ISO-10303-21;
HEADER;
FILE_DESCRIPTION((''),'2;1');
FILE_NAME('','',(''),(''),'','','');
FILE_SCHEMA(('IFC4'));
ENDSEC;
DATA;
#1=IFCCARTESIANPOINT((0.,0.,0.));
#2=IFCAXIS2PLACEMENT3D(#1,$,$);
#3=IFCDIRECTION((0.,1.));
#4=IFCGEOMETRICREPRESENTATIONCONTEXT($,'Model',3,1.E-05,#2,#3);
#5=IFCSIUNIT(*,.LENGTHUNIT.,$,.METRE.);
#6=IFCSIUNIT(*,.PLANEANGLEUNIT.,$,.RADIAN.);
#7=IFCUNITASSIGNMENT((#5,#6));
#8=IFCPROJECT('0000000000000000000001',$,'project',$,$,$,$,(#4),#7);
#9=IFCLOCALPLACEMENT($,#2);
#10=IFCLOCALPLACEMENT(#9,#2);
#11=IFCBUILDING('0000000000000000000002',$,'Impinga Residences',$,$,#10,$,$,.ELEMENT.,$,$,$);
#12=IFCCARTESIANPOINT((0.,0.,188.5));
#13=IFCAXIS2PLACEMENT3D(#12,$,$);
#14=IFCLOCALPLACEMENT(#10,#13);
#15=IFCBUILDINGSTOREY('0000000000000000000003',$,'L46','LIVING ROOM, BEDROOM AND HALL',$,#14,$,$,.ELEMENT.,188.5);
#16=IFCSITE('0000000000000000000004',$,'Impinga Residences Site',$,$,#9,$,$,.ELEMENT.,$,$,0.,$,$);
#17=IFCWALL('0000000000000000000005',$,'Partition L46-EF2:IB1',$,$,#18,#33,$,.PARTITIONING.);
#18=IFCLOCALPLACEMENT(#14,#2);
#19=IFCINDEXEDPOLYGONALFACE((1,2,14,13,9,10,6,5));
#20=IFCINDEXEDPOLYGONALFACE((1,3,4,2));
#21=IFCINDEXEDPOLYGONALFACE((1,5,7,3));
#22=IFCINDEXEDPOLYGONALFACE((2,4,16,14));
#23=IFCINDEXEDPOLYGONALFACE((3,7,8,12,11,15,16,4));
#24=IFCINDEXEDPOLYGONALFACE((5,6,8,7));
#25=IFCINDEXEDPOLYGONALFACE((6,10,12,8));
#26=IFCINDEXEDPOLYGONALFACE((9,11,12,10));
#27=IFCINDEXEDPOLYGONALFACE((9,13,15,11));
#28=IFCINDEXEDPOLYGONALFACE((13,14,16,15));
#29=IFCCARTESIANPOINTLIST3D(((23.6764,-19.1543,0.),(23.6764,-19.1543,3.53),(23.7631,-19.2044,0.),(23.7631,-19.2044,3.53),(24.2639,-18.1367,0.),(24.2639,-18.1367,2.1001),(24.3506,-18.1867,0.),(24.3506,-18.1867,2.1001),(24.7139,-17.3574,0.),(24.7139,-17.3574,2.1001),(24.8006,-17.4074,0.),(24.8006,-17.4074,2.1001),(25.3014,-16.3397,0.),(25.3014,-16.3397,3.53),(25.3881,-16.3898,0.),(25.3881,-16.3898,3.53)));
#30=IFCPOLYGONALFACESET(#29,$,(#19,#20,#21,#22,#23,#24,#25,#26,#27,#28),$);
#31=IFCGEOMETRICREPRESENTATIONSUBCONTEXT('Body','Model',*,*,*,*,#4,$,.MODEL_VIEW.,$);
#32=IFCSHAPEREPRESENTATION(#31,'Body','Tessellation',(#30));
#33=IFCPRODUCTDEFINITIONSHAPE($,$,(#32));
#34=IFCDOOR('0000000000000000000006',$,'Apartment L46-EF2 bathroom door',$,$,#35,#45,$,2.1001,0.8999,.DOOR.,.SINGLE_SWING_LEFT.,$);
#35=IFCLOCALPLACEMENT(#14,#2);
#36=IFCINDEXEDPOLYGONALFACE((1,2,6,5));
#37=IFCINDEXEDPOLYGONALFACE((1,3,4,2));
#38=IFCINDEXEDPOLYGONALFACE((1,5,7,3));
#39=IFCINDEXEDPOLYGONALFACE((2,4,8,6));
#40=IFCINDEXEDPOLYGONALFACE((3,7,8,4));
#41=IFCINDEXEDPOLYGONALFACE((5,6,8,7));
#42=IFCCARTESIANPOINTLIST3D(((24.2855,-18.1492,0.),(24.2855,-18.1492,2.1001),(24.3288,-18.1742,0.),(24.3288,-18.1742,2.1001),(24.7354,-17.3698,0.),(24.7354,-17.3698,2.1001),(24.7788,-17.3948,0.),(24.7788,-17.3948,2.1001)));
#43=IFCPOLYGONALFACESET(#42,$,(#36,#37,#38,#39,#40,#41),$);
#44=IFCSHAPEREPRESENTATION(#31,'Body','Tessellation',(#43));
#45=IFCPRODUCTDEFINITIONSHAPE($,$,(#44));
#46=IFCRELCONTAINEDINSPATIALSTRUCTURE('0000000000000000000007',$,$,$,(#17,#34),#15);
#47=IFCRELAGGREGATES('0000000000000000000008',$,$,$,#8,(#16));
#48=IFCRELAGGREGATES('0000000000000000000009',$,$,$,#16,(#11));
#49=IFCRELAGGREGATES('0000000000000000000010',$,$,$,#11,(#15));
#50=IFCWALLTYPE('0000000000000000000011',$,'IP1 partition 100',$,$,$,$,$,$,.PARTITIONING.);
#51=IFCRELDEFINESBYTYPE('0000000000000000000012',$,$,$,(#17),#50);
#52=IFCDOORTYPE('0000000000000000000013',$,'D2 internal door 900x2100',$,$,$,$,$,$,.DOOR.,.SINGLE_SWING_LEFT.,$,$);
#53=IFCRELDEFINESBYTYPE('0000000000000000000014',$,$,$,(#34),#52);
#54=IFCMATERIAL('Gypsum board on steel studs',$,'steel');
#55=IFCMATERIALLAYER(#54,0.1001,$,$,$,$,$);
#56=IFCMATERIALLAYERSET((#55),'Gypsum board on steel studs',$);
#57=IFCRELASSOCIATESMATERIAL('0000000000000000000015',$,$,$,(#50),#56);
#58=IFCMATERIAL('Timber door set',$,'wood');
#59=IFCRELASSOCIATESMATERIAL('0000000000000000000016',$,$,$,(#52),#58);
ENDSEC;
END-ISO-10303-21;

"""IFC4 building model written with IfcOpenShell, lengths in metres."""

from ifc_helpers import new_model, si_unit, direction, frame, frame_2d, origin, place, context, subcontext, project, spatial, rectangle, extrude, material, layer, layer_set, type_object, element, fill, save


model = new_model("IFC4")

# Units and contexts
model_context = context("Model", 3, precision=1e-05, world=origin(), true_north=direction((0.0, 1.0)))
body_context = subcontext(model_context, "Body", "Model", "MODEL_VIEW")
ifc_project = project(units=[si_unit("LENGTHUNIT", "METRE"), si_unit("PLANEANGLEUNIT", "RADIAN")], contexts=[model_context])

# Site, building, storey
site_placement = place(None, origin())
site = spatial("IfcSite", under=ifc_project, at=site_placement, Name="Impinga Residences Site", CompositionType="ELEMENT", RefElevation=0.0)
building_placement = place(site_placement, origin())
building = spatial("IfcBuilding", under=site, at=building_placement, Name="Impinga Residences", CompositionType="ELEMENT")
storey_placement = place(building_placement, frame((0.0, 0.0, 188.5)))
storey = spatial("IfcBuildingStorey", under=building, at=storey_placement, Name="L46", Description="LIVING ROOM, BEDROOM AND HALL", CompositionType="ELEMENT", Elevation=188.5)

# Shared definitions
ifc_material_1 = material(Name="Timber door set", Category="wood")

# Shared definitions
ifc_material_2 = material(Name="Gypsum board on steel studs", Category="steel")
ifc_layer_1 = layer(ifc_material_2, 0.1001)
ifc_layer_set_1 = layer_set([ifc_layer_1], Name="Gypsum board on steel studs")
wall_type_1 = type_object("IfcWallType", Name="IP1 partition 100", PredefinedType="PARTITIONING", material=ifc_layer_set_1)

# Shared definitions
door_type_1 = type_object("IfcDoorType", Name="D2 internal door 900x2100", OperationType="SINGLE_SWING_LEFT", PredefinedType="DOOR", material=ifc_material_1)

# Wall, opening, door
wall_1_placement = place(storey_placement, frame((25.3447, -16.3647, 0.0), z_axis=(0.0, 0.0, 1.0), x_axis=(-0.499985, -0.866034, 0.0)))
wall_1 = element("IfcWall", 1, at=wall_1_placement, inside=storey, type_object=wall_type_1, Name="Partition L46-EF2:IB1", PredefinedType="PARTITIONING", context=body_context, shape_type="SweptSolid", body=[
    extrude(rectangle(XDim=3.25, YDim=0.1001, at=frame_2d((1.625, 0.0))), origin(), (0.0, 0.0, 1.0), 3.53),
])
opening_1_placement = place(wall_1_placement, frame((1.175, 0.0, 0.0)))
opening_1 = element("IfcOpeningElement", 2, at=opening_1_placement, cuts=wall_1, PredefinedType="OPENING", context=body_context, shape_type="SweptSolid", body=[
    extrude(rectangle(XDim=0.8999, YDim=2.1001, at=frame_2d((0.45, 1.05))), frame((0.0, 0.0601, 0.0), z_axis=(0.0, -1.0, 0.0), x_axis=(1.0, 0.0, 0.0)), (0.0, 0.0, 1.0), 0.1201),
])
door_1_placement = place(opening_1_placement, origin())
door_1 = element("IfcDoor", 3, at=door_1_placement, inside=storey, type_object=door_type_1, Name="Apartment L46-EF2 bathroom door", OperationType="SINGLE_SWING_LEFT", OverallHeight=2.1001, OverallWidth=0.8999, PredefinedType="DOOR", context=body_context, shape_type="SweptSolid", body=[
    extrude(rectangle(XDim=0.8999, YDim=2.1001, at=frame_2d((0.45, 1.05))), frame((0.0, 0.0249, 0.0), z_axis=(0.0, -1.0, 0.0), x_axis=(1.0, 0.0, 0.0)), (0.0, 0.0, 1.0), 0.05),
])
fill(opening_1, door_1)

save(model, "model.ifc")
